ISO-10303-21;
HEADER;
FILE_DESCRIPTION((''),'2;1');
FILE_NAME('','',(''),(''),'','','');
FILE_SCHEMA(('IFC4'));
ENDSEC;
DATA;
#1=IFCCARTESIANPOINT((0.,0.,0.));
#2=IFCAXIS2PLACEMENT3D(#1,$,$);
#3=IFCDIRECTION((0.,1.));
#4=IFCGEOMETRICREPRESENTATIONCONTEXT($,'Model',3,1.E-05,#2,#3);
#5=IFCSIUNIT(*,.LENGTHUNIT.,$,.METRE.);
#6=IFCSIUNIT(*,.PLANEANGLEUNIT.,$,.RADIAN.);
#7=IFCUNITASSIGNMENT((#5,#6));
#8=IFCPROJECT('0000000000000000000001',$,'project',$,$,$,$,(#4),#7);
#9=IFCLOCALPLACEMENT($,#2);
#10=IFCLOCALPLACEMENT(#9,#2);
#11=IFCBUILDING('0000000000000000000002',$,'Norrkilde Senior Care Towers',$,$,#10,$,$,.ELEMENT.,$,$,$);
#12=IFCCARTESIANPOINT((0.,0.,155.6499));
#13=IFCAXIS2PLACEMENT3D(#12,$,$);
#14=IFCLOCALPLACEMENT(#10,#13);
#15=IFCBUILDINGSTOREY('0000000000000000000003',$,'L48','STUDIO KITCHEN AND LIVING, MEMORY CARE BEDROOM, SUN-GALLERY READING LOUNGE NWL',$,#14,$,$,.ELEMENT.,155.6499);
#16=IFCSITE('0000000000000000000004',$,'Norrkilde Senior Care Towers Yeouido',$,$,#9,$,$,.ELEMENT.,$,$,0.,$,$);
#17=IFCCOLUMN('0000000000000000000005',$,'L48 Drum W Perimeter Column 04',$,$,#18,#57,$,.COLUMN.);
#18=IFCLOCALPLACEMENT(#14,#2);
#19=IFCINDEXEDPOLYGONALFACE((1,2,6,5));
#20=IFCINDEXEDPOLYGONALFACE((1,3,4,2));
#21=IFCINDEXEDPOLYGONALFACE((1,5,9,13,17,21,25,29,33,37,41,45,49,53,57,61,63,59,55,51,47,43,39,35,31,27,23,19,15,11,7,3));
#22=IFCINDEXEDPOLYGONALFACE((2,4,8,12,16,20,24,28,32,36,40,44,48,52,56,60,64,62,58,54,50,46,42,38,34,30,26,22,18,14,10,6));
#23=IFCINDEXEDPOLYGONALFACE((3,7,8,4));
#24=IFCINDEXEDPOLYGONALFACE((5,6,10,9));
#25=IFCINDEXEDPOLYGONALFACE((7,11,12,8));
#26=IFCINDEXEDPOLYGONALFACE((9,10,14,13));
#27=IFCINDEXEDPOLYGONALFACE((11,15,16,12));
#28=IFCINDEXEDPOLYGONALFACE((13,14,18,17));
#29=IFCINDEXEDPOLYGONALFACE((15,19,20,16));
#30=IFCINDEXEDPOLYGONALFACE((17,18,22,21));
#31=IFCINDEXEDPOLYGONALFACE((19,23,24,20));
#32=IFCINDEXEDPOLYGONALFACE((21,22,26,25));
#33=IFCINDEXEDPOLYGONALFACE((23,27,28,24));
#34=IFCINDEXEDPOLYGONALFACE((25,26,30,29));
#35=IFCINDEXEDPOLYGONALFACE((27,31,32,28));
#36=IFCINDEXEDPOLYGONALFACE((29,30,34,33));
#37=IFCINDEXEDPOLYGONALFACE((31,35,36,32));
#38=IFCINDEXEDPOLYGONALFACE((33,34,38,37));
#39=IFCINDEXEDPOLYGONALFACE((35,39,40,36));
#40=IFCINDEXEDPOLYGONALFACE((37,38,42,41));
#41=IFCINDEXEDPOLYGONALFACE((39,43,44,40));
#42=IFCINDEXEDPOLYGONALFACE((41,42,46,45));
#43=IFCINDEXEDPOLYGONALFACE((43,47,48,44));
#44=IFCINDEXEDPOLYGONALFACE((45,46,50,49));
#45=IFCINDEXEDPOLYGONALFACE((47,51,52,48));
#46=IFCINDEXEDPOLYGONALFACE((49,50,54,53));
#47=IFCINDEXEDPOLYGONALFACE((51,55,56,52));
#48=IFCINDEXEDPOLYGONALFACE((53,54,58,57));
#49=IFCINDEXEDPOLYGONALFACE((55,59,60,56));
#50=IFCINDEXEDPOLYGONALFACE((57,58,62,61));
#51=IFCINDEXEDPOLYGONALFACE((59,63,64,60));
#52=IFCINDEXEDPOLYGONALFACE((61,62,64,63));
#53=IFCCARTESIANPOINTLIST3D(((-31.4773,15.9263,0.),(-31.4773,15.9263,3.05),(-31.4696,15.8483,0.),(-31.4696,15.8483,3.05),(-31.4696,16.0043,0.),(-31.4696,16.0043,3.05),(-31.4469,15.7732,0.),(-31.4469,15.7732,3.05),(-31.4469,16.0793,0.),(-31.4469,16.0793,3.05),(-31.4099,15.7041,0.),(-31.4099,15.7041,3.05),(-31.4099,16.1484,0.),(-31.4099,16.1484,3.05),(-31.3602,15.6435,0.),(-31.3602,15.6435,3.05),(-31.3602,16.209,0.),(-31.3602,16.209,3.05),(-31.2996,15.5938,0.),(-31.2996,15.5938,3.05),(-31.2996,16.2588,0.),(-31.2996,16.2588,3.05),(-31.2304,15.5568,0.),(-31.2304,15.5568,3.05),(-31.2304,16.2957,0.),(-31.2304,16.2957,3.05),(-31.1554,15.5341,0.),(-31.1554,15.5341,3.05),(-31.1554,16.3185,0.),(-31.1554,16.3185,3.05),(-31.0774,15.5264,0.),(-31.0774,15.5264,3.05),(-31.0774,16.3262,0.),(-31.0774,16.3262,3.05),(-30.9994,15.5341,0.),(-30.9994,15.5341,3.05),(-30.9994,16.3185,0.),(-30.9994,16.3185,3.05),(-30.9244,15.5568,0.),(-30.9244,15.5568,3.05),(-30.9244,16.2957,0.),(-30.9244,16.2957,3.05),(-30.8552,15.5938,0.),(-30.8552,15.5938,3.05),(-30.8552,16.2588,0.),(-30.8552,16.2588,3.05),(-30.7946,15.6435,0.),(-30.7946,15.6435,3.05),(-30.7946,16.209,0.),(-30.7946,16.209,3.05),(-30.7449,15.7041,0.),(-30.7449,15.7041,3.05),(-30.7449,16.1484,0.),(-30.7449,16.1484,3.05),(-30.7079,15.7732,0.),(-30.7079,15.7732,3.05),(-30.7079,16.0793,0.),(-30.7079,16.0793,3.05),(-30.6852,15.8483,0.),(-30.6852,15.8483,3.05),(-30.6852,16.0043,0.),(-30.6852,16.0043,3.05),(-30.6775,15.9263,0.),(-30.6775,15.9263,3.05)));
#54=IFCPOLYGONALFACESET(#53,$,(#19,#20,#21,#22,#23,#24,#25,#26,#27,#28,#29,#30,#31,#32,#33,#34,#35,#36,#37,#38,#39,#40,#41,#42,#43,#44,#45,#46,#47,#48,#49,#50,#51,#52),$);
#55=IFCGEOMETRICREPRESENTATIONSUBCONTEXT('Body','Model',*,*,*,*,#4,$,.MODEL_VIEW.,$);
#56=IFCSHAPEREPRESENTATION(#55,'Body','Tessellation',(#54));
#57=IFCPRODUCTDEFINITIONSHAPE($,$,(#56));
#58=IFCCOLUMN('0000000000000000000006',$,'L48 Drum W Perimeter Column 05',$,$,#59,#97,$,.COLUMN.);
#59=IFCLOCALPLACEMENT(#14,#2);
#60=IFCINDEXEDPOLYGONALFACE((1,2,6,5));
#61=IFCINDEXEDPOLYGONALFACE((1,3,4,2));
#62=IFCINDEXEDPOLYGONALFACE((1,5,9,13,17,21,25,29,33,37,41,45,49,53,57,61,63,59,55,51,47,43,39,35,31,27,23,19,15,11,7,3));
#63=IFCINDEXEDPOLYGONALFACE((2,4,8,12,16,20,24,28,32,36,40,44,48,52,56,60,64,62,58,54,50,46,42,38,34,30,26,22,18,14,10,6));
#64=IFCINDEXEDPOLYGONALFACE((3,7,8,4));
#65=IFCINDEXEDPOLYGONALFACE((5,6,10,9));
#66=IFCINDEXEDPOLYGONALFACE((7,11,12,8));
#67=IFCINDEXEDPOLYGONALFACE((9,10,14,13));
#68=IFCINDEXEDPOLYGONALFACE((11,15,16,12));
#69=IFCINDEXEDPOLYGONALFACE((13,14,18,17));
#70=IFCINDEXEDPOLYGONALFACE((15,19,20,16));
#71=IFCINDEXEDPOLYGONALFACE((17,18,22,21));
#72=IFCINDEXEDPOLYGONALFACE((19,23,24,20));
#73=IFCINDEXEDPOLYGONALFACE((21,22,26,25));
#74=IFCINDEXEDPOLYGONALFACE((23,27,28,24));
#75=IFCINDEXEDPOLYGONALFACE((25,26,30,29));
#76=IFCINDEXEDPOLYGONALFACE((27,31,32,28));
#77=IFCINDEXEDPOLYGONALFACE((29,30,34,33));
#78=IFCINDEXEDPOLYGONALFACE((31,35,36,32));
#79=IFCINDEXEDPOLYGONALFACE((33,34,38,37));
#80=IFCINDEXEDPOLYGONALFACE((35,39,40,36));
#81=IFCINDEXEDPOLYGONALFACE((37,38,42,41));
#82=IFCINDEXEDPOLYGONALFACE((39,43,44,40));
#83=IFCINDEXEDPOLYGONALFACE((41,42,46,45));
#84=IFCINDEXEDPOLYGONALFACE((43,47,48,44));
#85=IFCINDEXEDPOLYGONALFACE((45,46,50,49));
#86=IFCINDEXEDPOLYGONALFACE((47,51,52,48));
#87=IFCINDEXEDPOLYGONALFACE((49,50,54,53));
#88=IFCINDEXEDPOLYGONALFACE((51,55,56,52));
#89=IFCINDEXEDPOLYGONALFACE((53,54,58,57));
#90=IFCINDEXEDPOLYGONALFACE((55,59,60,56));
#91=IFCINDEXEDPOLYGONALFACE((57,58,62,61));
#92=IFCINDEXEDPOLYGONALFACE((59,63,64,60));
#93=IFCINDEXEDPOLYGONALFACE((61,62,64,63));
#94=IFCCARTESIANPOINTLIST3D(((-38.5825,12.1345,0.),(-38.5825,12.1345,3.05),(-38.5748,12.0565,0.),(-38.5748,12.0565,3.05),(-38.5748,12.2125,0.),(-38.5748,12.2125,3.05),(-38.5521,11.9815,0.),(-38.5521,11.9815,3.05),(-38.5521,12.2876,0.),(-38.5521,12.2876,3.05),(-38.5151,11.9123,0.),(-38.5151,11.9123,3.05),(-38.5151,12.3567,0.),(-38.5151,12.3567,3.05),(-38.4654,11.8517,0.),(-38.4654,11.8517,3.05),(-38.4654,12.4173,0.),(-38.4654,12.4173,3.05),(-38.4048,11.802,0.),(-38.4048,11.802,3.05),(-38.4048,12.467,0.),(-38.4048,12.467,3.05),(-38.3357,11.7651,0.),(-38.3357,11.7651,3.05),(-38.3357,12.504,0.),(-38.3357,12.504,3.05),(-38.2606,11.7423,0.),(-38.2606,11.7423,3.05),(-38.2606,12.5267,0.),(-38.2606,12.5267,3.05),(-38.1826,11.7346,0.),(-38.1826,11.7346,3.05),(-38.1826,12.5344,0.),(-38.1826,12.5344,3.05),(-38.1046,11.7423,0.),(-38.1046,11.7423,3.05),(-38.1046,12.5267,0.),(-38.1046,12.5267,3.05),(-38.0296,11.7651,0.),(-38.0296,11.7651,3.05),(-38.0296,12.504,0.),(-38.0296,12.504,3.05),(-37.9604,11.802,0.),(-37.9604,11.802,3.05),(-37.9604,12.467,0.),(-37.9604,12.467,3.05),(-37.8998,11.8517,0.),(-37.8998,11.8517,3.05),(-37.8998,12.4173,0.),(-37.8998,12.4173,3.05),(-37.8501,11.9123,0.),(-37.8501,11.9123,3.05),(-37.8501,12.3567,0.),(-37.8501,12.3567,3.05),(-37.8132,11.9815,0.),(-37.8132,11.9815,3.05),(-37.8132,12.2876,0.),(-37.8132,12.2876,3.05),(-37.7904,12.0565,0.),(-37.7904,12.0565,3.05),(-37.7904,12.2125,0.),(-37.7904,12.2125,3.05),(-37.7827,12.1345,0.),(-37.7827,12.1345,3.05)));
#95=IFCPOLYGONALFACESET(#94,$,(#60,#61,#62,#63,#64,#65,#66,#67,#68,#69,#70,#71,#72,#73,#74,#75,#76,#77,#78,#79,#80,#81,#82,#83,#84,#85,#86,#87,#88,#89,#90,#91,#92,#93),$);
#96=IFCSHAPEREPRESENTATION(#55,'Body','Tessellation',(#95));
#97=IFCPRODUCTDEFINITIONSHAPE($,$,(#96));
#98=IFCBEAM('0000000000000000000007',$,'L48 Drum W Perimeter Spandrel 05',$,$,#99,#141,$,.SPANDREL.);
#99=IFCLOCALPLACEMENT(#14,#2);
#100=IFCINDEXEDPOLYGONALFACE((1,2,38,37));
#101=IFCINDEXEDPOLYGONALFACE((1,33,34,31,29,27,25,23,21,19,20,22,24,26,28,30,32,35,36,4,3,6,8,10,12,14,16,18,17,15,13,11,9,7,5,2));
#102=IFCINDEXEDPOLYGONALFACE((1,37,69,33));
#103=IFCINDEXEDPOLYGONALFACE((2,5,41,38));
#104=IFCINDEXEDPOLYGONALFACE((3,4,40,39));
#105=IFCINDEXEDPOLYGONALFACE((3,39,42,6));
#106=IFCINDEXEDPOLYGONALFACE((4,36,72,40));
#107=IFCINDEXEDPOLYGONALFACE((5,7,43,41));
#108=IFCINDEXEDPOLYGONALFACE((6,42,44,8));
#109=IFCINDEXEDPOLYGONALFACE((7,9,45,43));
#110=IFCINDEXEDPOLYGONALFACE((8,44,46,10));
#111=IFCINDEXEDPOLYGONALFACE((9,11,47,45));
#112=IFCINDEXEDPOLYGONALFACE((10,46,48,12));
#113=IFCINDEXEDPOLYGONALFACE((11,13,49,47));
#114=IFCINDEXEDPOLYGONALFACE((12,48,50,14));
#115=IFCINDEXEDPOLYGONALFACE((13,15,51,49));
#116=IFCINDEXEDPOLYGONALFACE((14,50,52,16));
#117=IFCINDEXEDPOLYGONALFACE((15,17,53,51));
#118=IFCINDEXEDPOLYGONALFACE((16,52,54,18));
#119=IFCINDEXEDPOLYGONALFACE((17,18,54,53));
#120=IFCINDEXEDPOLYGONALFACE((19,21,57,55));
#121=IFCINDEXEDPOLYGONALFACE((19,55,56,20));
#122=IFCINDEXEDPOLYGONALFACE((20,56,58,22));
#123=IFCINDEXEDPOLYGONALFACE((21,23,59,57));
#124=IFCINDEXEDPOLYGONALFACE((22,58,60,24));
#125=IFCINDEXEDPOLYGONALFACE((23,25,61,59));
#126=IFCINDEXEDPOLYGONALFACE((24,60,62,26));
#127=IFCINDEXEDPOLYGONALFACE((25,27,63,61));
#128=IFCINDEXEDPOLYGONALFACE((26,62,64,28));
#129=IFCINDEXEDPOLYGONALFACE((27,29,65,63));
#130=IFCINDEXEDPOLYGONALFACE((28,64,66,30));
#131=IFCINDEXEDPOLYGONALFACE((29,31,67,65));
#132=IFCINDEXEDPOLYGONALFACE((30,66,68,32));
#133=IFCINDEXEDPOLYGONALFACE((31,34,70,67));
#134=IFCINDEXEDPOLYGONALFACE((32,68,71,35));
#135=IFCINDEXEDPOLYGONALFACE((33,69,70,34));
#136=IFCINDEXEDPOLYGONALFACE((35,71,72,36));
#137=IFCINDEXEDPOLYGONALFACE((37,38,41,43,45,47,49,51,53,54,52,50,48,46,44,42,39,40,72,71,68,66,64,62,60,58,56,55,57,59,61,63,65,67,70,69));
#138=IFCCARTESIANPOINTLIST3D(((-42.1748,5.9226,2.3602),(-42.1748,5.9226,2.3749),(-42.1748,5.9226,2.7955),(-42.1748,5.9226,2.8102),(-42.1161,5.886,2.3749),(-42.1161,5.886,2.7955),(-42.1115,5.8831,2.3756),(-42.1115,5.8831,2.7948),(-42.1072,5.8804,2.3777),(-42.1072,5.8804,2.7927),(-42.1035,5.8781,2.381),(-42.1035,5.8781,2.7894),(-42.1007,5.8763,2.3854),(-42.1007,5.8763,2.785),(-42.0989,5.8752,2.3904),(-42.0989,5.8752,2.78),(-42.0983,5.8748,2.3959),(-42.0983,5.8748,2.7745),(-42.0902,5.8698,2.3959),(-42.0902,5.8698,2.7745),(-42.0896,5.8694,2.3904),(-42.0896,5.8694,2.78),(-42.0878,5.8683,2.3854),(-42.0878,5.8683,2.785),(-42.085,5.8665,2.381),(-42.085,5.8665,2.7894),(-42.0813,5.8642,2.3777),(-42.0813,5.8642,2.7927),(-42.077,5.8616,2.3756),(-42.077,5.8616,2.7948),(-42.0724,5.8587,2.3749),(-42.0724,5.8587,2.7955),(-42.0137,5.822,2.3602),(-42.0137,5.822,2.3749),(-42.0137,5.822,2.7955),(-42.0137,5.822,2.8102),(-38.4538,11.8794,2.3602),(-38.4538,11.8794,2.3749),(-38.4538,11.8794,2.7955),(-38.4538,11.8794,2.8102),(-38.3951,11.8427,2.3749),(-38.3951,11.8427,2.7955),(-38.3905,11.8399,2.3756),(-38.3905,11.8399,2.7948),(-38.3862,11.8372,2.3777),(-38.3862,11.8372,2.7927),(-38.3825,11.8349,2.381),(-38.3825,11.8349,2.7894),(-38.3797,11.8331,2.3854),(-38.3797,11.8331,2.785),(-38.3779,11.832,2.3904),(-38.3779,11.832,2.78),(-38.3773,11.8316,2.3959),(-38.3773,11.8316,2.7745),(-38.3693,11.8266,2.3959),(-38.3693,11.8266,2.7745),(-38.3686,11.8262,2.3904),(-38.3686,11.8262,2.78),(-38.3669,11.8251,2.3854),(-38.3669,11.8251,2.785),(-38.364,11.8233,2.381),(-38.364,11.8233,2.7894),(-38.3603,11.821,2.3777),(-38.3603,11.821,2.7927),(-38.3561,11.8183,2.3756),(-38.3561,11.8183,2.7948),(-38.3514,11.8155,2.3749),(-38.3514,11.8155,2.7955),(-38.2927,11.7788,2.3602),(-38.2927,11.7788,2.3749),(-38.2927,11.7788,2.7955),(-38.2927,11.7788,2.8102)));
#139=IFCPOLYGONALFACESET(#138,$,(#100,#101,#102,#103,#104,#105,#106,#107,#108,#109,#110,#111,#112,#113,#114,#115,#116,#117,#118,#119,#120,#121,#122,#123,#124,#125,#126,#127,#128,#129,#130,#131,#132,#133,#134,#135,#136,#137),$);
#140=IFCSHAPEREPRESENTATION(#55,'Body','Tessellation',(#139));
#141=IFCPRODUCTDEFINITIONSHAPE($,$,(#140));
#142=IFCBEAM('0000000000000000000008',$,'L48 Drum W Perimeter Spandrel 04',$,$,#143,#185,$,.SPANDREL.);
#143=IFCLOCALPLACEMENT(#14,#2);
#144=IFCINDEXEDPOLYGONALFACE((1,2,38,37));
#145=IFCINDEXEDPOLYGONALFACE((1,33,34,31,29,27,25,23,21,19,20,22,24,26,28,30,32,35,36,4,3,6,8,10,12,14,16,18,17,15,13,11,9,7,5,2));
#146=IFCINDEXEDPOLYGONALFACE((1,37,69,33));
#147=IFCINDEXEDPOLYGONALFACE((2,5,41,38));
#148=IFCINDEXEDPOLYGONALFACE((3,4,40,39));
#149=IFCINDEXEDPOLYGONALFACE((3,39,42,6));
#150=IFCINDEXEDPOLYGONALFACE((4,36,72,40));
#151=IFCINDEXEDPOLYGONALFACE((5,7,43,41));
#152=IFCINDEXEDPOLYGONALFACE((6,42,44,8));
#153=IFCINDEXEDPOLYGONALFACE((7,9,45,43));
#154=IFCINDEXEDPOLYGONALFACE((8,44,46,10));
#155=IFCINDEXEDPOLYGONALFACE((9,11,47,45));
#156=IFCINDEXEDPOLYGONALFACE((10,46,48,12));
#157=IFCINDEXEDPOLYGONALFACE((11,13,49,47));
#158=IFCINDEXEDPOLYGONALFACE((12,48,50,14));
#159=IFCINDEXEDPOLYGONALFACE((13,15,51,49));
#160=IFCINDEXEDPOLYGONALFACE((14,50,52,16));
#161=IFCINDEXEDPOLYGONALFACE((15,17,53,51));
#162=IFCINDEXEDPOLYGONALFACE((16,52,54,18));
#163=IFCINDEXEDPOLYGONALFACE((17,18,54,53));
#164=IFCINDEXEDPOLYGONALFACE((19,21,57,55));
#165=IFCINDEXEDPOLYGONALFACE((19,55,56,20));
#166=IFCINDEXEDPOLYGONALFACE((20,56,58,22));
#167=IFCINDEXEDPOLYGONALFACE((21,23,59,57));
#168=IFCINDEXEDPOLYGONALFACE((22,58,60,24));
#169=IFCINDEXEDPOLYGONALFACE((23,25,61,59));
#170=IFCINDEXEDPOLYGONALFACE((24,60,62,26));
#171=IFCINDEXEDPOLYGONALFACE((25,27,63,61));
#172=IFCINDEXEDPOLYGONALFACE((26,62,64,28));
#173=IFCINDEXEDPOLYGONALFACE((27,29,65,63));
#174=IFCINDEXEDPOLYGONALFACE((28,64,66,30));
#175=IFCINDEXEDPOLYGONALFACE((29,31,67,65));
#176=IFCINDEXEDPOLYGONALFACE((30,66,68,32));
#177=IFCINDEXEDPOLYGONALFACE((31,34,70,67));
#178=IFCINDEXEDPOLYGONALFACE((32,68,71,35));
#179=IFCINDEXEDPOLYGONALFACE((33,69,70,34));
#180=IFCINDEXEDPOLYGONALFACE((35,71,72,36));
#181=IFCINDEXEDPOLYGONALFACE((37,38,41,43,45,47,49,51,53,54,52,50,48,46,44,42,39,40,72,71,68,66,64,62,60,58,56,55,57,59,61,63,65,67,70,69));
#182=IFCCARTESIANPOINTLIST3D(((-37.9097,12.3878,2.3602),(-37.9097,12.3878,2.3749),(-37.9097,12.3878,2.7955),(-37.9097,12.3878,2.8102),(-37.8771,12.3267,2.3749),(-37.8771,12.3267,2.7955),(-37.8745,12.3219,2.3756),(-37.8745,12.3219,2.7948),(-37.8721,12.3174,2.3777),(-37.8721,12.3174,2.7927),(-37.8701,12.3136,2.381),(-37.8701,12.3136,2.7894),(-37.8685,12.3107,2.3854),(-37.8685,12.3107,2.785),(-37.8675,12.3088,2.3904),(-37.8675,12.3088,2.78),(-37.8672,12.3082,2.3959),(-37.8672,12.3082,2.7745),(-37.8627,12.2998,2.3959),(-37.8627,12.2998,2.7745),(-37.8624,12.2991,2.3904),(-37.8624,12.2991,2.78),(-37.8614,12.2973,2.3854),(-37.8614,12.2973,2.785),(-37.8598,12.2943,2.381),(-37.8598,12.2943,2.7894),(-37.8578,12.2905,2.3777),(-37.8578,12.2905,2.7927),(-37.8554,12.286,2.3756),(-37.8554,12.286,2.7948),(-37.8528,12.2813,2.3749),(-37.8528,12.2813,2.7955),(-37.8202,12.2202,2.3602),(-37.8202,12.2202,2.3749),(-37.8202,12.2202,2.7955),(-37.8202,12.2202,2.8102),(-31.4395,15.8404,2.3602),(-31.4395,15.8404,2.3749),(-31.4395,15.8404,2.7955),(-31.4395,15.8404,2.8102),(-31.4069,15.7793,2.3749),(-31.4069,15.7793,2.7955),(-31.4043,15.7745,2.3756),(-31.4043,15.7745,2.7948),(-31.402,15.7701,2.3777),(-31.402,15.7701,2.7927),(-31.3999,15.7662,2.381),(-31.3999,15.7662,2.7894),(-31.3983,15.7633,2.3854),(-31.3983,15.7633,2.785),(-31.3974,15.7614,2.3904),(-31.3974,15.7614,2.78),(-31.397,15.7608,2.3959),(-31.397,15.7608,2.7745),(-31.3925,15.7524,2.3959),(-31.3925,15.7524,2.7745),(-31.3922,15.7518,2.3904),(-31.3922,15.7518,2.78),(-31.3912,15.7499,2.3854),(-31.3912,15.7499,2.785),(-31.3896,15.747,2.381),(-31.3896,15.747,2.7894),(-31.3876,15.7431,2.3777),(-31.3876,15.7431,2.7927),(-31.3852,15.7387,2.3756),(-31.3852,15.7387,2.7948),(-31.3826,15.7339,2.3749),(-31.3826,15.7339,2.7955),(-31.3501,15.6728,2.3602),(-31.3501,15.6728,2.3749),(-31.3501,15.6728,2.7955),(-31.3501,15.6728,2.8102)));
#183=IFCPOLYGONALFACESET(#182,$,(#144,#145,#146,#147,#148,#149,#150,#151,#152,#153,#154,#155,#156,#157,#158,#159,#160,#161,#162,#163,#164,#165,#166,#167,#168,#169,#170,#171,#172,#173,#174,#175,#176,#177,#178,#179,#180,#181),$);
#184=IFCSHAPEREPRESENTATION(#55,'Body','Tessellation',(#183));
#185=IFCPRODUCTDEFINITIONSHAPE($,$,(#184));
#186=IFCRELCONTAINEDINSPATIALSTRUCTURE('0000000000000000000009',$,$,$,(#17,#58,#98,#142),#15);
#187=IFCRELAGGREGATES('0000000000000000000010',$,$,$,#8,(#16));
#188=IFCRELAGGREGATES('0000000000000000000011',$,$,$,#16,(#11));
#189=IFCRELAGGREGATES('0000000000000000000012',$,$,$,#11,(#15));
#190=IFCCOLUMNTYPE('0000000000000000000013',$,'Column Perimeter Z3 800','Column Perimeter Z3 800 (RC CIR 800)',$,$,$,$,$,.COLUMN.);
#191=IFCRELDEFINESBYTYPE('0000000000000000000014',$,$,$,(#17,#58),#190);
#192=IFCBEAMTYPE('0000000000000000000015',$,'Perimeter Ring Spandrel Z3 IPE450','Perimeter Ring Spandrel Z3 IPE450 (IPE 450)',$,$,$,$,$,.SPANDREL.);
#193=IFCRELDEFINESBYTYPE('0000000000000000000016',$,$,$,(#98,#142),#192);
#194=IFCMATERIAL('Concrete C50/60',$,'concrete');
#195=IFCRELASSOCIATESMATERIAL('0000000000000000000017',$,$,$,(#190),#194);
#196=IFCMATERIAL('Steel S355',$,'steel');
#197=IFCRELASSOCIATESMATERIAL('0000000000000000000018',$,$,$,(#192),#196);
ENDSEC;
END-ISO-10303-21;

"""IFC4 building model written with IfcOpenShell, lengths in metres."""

from ifc_helpers import new_model, si_unit, direction, frame, origin, origin_2d, place, context, subcontext, project, spatial, circle, i_section, extrude, source, transform, mapped, material, material_profile, profile_set, type_object, type_shapes, element, save


model = new_model("IFC4")

# Units and contexts
model_context = context("Model", 3, precision=1e-05, world=origin(), true_north=direction((0.0, 1.0)))
body_context = subcontext(model_context, "Body", "Model", "MODEL_VIEW")
ifc_project = project(units=[si_unit("LENGTHUNIT", "METRE"), si_unit("PLANEANGLEUNIT", "RADIAN")], contexts=[model_context])

# Site, building, storey
site_placement = place(None, origin())
site = spatial("IfcSite", under=ifc_project, at=site_placement, Name="Norrkilde Senior Care Towers Yeouido", CompositionType="ELEMENT", RefElevation=0.0)
building_placement = place(site_placement, origin())
building = spatial("IfcBuilding", under=site, at=building_placement, Name="Norrkilde Senior Care Towers", CompositionType="ELEMENT")
storey_placement = place(building_placement, frame((0.0, 0.0, 155.6499)))
storey = spatial("IfcBuildingStorey", under=building, at=storey_placement, Name="L48", Description="STUDIO KITCHEN AND LIVING, MEMORY CARE BEDROOM, SUN-GALLERY READING LOUNGE NWL", CompositionType="ELEMENT", Elevation=155.6499)

# Columns
ifc_material_1 = material(Name="Concrete C50/60", Category="concrete")
ifc_material_profile_1 = material_profile(ifc_material_1, circle(Radius=0.3999, at=origin_2d()), Name="RC CIR 800")
ifc_profile_set_1 = profile_set([ifc_material_profile_1], Name="Concrete C50/60")
column_type = type_object("IfcColumnType", Name="Column Perimeter Z3 800", Description="Column Perimeter Z3 800 (RC CIR 800)", PredefinedType="COLUMN", material=ifc_profile_set_1)
shared_shape_1 = source(origin(), body_context, "Body", "SweptSolid", [
    extrude(circle(Radius=0.3999, at=origin_2d()), origin(), (0.0, 0.0, 1.0), 3.05),
])
type_shapes(column_type, [shared_shape_1])
for number, where, z_axis, x_axis, name in (
    (1, (-31.0774, 15.9263, 0.0), (0.0, 0.0, 1.0), (1.0, 0.0, 0.0), "L48 Drum W Perimeter Column 04"),
    (2, (-38.1826, 12.1345, 0.0), (0.0, 0.0, 1.0), (1.0, 0.0, 0.0), "L48 Drum W Perimeter Column 05"),
):
    element("IfcColumn", number, at=place(storey_placement, frame(where, z_axis=z_axis, x_axis=x_axis)), inside=storey, type_object=column_type, Name=name, PredefinedType="COLUMN", context=body_context, shape_type="MappedRepresentation", body=[
        mapped(shared_shape_1, transform((0.0, 0.0, 0.0), x_axis=(1.0, 0.0, 0.0), y_axis=(0.0, 1.0, 0.0), z_axis=(0.0, 0.0, 1.0), scale=1.0)),
    ])

# Beams
ifc_material_2 = material(Name="Steel S355", Category="steel")
ifc_material_profile_2 = material_profile(ifc_material_2, i_section(OverallWidth=0.1899, OverallDepth=0.45, WebThickness=0.0095, FlangeThickness=0.0146, FilletRadius=0.021, at=origin_2d()), Name="IPE 450")
ifc_profile_set_2 = profile_set([ifc_material_profile_2], Name="Steel S355")
beam_type_1 = type_object("IfcBeamType", Name="Perimeter Ring Spandrel Z3 IPE450", Description="Perimeter Ring Spandrel Z3 IPE450 (IPE 450)", PredefinedType="SPANDREL", material=ifc_profile_set_2)
shared_shape_2 = source(origin(), body_context, "Body", "SweptSolid", [
    extrude(i_section(OverallWidth=0.1899, OverallDepth=0.45, WebThickness=0.0095, FlangeThickness=0.0146, FilletRadius=0.021, at=origin_2d()), origin(), (0.0, 0.0, 1.0), 7.0234),
])
beam_1_placement = place(storey_placement, frame((-38.3733, 11.8291, 2.5852), z_axis=(-0.52979, -0.848129, 0.0), x_axis=(0.848129, -0.52979, 0.0)))
element("IfcBeam", 3, at=beam_1_placement, inside=storey, type_object=beam_type_1, Name="L48 Drum W Perimeter Spandrel 05", PredefinedType="SPANDREL", context=body_context, shape_type="MappedRepresentation", body=[
    mapped(shared_shape_2, transform((0.0, 0.0, 0.0), x_axis=(1.0, 0.0, 0.0), y_axis=(0.0, 1.0, 0.0), z_axis=(0.0, 0.0, 1.0), scale=1.0)),
])
shared_shape_3 = source(origin(), body_context, "Body", "SweptSolid", [
    extrude(i_section(OverallWidth=0.1899, OverallDepth=0.45, WebThickness=0.0095, FlangeThickness=0.0146, FilletRadius=0.021, at=origin_2d()), origin(), (0.0, 0.0, 1.0), 7.3337),
])
type_shapes(beam_type_1, [shared_shape_2, shared_shape_3])
beam_2_placement = place(storey_placement, frame((-31.3948, 15.7566, 2.5852), z_axis=(-0.882248, -0.470785, 0.0), x_axis=(0.470785, -0.882248, 0.0)))
element("IfcBeam", 4, at=beam_2_placement, inside=storey, type_object=beam_type_1, Name="L48 Drum W Perimeter Spandrel 04", PredefinedType="SPANDREL", context=body_context, shape_type="MappedRepresentation", body=[
    mapped(shared_shape_3, transform((0.0, 0.0, 0.0), x_axis=(1.0, 0.0, 0.0), y_axis=(0.0, 1.0, 0.0), z_axis=(0.0, 0.0, 1.0), scale=1.0)),
])

save(model, "model.ifc")
